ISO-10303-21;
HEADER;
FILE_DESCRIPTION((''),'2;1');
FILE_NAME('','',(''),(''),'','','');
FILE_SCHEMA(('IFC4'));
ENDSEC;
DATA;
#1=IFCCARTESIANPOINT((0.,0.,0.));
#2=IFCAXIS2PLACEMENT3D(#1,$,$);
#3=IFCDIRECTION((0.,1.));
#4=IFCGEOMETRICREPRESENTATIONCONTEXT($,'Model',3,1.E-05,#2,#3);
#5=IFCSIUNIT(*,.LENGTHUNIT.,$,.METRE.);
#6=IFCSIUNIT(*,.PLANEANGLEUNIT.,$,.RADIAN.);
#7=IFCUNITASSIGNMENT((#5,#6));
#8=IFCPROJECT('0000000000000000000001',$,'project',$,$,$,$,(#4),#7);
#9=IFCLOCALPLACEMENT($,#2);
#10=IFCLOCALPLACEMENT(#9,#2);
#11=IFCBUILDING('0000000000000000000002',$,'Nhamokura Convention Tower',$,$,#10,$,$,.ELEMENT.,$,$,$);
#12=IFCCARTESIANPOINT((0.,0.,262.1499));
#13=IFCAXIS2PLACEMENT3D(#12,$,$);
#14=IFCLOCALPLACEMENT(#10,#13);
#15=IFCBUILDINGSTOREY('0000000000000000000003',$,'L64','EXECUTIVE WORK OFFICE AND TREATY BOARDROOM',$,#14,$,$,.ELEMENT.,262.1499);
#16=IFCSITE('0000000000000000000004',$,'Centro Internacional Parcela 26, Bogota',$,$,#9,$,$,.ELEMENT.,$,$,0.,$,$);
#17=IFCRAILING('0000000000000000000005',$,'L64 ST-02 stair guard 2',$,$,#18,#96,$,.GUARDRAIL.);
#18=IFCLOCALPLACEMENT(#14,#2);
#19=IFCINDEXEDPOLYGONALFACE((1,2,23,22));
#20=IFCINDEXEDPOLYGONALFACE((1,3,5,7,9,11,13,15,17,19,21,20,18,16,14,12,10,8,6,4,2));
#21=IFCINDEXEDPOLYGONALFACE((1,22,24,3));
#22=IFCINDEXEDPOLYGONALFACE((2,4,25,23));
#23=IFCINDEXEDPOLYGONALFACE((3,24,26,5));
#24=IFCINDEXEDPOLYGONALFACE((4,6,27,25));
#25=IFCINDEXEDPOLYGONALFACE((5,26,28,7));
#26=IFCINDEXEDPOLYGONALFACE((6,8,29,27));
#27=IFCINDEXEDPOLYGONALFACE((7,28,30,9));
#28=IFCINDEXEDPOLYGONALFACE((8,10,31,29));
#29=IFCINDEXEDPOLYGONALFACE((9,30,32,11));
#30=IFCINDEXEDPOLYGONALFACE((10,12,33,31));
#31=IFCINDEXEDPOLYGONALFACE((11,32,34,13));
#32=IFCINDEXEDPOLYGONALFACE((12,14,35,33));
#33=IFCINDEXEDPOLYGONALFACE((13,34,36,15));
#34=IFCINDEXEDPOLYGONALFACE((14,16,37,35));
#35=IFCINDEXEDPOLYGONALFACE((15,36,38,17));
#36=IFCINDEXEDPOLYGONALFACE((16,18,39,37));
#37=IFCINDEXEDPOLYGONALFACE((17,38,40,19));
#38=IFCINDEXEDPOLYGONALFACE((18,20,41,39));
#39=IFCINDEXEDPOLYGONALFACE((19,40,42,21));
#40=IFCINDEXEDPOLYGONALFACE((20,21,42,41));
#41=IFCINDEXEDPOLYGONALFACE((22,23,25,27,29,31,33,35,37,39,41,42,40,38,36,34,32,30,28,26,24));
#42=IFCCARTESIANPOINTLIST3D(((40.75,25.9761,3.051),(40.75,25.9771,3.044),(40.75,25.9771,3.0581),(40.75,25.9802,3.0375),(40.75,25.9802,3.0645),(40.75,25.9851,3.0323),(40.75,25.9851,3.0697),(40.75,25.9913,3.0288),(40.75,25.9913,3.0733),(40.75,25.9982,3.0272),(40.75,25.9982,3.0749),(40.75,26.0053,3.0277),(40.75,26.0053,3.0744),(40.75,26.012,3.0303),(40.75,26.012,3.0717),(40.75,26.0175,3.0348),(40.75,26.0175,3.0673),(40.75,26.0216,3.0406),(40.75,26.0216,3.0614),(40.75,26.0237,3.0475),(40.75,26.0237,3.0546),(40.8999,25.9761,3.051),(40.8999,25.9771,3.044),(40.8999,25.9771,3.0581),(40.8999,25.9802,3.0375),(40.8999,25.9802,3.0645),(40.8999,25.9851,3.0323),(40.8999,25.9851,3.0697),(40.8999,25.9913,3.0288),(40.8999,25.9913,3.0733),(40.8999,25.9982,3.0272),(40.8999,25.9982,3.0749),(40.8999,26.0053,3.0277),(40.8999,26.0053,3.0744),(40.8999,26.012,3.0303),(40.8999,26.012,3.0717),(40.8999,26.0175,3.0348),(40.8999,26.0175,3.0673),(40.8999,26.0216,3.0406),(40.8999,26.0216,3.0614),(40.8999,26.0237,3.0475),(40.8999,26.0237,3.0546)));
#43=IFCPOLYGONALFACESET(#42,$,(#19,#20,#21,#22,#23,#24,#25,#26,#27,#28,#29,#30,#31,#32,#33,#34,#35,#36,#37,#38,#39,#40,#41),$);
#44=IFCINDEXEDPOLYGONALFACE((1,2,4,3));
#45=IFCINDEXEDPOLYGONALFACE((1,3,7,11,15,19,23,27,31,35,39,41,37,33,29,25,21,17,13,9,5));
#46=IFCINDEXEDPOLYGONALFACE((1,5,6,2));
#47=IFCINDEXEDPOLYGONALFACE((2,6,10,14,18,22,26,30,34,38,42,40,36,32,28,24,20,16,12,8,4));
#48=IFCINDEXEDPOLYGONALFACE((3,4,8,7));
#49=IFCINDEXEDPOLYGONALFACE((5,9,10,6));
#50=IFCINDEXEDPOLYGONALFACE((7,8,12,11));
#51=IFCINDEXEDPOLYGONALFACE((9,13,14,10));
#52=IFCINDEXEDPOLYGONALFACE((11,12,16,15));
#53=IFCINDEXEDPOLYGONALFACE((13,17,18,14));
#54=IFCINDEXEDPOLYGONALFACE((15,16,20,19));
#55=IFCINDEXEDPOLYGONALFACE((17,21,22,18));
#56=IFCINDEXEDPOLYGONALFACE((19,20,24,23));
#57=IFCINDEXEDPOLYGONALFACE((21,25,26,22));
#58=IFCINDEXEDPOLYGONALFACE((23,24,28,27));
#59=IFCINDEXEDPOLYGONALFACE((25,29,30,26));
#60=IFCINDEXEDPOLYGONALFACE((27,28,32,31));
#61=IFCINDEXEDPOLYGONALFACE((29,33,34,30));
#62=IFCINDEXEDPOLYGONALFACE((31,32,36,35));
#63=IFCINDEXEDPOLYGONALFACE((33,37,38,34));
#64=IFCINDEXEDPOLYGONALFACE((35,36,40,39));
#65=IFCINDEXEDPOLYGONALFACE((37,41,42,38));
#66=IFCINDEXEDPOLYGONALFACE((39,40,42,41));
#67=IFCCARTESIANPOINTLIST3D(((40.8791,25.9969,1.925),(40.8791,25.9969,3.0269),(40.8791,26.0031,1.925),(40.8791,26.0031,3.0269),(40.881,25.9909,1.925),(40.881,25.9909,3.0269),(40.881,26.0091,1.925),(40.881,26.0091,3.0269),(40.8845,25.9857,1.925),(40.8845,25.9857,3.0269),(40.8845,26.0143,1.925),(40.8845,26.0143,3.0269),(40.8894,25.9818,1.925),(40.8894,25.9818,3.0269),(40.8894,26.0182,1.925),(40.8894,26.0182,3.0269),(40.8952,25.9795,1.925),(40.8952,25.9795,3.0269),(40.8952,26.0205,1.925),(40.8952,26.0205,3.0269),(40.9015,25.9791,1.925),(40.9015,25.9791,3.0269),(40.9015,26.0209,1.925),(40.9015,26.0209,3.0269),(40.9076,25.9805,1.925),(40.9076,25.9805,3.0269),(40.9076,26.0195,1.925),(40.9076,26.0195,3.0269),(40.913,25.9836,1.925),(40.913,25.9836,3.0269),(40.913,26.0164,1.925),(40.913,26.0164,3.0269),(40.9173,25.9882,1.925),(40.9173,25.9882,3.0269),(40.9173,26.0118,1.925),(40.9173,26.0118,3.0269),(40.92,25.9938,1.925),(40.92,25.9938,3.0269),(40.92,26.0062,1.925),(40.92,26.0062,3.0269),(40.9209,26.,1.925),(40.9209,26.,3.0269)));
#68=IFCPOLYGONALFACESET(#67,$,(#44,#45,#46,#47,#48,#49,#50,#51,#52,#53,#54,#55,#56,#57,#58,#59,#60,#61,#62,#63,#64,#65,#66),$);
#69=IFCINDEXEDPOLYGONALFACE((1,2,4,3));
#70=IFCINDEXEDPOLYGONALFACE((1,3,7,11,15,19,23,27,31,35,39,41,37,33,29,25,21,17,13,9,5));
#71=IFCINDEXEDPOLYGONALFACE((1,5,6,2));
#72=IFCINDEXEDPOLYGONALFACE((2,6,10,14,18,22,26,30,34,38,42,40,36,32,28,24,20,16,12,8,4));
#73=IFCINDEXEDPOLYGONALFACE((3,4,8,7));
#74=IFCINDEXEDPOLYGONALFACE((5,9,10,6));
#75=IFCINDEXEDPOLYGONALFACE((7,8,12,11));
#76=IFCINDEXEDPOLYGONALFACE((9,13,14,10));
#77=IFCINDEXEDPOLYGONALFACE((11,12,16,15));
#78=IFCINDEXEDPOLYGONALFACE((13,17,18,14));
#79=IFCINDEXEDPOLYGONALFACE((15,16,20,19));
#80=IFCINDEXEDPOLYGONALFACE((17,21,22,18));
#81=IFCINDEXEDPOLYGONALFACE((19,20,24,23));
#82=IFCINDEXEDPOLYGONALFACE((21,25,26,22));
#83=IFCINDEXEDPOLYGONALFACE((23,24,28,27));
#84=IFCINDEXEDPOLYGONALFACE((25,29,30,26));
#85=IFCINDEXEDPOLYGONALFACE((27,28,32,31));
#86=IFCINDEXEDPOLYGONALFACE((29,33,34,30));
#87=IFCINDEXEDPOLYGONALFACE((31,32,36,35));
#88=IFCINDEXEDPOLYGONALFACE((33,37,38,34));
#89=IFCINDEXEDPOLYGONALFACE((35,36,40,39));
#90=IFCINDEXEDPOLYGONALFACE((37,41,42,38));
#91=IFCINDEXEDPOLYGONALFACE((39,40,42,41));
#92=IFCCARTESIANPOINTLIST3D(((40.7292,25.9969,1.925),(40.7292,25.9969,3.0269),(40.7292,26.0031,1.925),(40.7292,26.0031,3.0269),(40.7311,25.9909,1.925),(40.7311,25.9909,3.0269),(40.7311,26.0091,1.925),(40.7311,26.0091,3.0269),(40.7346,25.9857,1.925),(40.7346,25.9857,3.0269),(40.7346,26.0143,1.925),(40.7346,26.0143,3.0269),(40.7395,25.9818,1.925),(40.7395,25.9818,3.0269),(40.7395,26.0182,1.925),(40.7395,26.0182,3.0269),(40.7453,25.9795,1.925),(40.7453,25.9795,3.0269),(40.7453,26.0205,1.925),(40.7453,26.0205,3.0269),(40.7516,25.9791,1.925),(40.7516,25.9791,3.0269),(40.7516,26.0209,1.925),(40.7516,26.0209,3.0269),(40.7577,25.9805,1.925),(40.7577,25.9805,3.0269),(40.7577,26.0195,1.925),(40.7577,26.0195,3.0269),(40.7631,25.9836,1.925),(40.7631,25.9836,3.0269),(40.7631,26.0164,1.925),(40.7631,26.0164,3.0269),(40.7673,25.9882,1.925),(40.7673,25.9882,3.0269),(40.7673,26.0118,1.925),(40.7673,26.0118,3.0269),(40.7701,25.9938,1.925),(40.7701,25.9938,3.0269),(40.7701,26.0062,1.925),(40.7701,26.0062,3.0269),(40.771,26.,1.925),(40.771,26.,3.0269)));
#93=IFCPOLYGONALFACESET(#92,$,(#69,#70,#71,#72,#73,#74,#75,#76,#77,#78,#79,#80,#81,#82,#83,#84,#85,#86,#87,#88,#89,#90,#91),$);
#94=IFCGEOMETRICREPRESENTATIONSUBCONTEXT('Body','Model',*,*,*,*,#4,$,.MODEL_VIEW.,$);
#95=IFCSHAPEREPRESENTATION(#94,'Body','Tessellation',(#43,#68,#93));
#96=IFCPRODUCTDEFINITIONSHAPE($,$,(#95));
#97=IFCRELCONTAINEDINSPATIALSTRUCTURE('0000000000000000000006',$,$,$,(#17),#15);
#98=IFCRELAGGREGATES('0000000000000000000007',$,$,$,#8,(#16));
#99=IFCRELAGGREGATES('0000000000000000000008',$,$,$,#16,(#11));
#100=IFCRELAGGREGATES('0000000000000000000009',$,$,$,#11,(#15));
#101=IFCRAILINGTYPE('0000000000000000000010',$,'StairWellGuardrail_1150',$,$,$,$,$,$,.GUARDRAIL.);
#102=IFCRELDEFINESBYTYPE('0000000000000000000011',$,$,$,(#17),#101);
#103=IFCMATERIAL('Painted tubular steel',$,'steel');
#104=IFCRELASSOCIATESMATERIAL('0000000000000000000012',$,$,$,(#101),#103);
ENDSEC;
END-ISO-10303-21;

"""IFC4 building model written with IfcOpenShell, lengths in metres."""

from ifc_helpers import new_model, si_unit, direction, frame, origin, origin_2d, place, context, subcontext, project, spatial, circle, extrude, material, type_object, element, save


model = new_model("IFC4")

# Units and contexts
model_context = context("Model", 3, precision=1e-05, world=origin(), true_north=direction((0.0, 1.0)))
body_context = subcontext(model_context, "Body", "Model", "MODEL_VIEW")
ifc_project = project(units=[si_unit("LENGTHUNIT", "METRE"), si_unit("PLANEANGLEUNIT", "RADIAN")], contexts=[model_context])

# Site, building, storey
site_placement = place(None, origin())
site = spatial("IfcSite", under=ifc_project, at=site_placement, Name="Centro Internacional Parcela 26, Bogota", CompositionType="ELEMENT", RefElevation=0.0)
building_placement = place(site_placement, origin())
building = spatial("IfcBuilding", under=site, at=building_placement, Name="Nhamokura Convention Tower", CompositionType="ELEMENT")
storey_placement = place(building_placement, frame((0.0, 0.0, 262.1499)))
storey = spatial("IfcBuildingStorey", under=building, at=storey_placement, Name="L64", Description="EXECUTIVE WORK OFFICE AND TREATY BOARDROOM", CompositionType="ELEMENT", Elevation=262.1499)

# Railing
ifc_material_1 = material(Name="Painted tubular steel", Category="steel")
railing_type_1 = type_object("IfcRailingType", Name="StairWellGuardrail_1150", PredefinedType="GUARDRAIL", material=ifc_material_1)
railing_1_placement = place(storey_placement, frame((40.8999, 26.0, 1.925)))
element("IfcRailing", 1, at=railing_1_placement, inside=storey, type_object=railing_type_1, Name="L64 ST-02 stair guard 2", PredefinedType="GUARDRAIL", context=body_context, shape_type="SweptSolid", body=[
    extrude(circle(Radius=0.0239, at=origin_2d()), frame((0.0, 0.0, 1.126), z_axis=(-1.0, 0.0, 0.0), x_axis=(0.0, -1.0, 0.0)), (0.0, 0.0, 1.0), 0.1499),
    extrude(circle(Radius=0.021, at=origin_2d()), origin(), (0.0, 0.0, 1.0), 1.1018),
    extrude(circle(Radius=0.021, at=origin_2d()), frame((-0.1499, 0.0, 0.0)), (0.0, 0.0, 1.0), 1.1018),
])

save(model, "model.ifc")
